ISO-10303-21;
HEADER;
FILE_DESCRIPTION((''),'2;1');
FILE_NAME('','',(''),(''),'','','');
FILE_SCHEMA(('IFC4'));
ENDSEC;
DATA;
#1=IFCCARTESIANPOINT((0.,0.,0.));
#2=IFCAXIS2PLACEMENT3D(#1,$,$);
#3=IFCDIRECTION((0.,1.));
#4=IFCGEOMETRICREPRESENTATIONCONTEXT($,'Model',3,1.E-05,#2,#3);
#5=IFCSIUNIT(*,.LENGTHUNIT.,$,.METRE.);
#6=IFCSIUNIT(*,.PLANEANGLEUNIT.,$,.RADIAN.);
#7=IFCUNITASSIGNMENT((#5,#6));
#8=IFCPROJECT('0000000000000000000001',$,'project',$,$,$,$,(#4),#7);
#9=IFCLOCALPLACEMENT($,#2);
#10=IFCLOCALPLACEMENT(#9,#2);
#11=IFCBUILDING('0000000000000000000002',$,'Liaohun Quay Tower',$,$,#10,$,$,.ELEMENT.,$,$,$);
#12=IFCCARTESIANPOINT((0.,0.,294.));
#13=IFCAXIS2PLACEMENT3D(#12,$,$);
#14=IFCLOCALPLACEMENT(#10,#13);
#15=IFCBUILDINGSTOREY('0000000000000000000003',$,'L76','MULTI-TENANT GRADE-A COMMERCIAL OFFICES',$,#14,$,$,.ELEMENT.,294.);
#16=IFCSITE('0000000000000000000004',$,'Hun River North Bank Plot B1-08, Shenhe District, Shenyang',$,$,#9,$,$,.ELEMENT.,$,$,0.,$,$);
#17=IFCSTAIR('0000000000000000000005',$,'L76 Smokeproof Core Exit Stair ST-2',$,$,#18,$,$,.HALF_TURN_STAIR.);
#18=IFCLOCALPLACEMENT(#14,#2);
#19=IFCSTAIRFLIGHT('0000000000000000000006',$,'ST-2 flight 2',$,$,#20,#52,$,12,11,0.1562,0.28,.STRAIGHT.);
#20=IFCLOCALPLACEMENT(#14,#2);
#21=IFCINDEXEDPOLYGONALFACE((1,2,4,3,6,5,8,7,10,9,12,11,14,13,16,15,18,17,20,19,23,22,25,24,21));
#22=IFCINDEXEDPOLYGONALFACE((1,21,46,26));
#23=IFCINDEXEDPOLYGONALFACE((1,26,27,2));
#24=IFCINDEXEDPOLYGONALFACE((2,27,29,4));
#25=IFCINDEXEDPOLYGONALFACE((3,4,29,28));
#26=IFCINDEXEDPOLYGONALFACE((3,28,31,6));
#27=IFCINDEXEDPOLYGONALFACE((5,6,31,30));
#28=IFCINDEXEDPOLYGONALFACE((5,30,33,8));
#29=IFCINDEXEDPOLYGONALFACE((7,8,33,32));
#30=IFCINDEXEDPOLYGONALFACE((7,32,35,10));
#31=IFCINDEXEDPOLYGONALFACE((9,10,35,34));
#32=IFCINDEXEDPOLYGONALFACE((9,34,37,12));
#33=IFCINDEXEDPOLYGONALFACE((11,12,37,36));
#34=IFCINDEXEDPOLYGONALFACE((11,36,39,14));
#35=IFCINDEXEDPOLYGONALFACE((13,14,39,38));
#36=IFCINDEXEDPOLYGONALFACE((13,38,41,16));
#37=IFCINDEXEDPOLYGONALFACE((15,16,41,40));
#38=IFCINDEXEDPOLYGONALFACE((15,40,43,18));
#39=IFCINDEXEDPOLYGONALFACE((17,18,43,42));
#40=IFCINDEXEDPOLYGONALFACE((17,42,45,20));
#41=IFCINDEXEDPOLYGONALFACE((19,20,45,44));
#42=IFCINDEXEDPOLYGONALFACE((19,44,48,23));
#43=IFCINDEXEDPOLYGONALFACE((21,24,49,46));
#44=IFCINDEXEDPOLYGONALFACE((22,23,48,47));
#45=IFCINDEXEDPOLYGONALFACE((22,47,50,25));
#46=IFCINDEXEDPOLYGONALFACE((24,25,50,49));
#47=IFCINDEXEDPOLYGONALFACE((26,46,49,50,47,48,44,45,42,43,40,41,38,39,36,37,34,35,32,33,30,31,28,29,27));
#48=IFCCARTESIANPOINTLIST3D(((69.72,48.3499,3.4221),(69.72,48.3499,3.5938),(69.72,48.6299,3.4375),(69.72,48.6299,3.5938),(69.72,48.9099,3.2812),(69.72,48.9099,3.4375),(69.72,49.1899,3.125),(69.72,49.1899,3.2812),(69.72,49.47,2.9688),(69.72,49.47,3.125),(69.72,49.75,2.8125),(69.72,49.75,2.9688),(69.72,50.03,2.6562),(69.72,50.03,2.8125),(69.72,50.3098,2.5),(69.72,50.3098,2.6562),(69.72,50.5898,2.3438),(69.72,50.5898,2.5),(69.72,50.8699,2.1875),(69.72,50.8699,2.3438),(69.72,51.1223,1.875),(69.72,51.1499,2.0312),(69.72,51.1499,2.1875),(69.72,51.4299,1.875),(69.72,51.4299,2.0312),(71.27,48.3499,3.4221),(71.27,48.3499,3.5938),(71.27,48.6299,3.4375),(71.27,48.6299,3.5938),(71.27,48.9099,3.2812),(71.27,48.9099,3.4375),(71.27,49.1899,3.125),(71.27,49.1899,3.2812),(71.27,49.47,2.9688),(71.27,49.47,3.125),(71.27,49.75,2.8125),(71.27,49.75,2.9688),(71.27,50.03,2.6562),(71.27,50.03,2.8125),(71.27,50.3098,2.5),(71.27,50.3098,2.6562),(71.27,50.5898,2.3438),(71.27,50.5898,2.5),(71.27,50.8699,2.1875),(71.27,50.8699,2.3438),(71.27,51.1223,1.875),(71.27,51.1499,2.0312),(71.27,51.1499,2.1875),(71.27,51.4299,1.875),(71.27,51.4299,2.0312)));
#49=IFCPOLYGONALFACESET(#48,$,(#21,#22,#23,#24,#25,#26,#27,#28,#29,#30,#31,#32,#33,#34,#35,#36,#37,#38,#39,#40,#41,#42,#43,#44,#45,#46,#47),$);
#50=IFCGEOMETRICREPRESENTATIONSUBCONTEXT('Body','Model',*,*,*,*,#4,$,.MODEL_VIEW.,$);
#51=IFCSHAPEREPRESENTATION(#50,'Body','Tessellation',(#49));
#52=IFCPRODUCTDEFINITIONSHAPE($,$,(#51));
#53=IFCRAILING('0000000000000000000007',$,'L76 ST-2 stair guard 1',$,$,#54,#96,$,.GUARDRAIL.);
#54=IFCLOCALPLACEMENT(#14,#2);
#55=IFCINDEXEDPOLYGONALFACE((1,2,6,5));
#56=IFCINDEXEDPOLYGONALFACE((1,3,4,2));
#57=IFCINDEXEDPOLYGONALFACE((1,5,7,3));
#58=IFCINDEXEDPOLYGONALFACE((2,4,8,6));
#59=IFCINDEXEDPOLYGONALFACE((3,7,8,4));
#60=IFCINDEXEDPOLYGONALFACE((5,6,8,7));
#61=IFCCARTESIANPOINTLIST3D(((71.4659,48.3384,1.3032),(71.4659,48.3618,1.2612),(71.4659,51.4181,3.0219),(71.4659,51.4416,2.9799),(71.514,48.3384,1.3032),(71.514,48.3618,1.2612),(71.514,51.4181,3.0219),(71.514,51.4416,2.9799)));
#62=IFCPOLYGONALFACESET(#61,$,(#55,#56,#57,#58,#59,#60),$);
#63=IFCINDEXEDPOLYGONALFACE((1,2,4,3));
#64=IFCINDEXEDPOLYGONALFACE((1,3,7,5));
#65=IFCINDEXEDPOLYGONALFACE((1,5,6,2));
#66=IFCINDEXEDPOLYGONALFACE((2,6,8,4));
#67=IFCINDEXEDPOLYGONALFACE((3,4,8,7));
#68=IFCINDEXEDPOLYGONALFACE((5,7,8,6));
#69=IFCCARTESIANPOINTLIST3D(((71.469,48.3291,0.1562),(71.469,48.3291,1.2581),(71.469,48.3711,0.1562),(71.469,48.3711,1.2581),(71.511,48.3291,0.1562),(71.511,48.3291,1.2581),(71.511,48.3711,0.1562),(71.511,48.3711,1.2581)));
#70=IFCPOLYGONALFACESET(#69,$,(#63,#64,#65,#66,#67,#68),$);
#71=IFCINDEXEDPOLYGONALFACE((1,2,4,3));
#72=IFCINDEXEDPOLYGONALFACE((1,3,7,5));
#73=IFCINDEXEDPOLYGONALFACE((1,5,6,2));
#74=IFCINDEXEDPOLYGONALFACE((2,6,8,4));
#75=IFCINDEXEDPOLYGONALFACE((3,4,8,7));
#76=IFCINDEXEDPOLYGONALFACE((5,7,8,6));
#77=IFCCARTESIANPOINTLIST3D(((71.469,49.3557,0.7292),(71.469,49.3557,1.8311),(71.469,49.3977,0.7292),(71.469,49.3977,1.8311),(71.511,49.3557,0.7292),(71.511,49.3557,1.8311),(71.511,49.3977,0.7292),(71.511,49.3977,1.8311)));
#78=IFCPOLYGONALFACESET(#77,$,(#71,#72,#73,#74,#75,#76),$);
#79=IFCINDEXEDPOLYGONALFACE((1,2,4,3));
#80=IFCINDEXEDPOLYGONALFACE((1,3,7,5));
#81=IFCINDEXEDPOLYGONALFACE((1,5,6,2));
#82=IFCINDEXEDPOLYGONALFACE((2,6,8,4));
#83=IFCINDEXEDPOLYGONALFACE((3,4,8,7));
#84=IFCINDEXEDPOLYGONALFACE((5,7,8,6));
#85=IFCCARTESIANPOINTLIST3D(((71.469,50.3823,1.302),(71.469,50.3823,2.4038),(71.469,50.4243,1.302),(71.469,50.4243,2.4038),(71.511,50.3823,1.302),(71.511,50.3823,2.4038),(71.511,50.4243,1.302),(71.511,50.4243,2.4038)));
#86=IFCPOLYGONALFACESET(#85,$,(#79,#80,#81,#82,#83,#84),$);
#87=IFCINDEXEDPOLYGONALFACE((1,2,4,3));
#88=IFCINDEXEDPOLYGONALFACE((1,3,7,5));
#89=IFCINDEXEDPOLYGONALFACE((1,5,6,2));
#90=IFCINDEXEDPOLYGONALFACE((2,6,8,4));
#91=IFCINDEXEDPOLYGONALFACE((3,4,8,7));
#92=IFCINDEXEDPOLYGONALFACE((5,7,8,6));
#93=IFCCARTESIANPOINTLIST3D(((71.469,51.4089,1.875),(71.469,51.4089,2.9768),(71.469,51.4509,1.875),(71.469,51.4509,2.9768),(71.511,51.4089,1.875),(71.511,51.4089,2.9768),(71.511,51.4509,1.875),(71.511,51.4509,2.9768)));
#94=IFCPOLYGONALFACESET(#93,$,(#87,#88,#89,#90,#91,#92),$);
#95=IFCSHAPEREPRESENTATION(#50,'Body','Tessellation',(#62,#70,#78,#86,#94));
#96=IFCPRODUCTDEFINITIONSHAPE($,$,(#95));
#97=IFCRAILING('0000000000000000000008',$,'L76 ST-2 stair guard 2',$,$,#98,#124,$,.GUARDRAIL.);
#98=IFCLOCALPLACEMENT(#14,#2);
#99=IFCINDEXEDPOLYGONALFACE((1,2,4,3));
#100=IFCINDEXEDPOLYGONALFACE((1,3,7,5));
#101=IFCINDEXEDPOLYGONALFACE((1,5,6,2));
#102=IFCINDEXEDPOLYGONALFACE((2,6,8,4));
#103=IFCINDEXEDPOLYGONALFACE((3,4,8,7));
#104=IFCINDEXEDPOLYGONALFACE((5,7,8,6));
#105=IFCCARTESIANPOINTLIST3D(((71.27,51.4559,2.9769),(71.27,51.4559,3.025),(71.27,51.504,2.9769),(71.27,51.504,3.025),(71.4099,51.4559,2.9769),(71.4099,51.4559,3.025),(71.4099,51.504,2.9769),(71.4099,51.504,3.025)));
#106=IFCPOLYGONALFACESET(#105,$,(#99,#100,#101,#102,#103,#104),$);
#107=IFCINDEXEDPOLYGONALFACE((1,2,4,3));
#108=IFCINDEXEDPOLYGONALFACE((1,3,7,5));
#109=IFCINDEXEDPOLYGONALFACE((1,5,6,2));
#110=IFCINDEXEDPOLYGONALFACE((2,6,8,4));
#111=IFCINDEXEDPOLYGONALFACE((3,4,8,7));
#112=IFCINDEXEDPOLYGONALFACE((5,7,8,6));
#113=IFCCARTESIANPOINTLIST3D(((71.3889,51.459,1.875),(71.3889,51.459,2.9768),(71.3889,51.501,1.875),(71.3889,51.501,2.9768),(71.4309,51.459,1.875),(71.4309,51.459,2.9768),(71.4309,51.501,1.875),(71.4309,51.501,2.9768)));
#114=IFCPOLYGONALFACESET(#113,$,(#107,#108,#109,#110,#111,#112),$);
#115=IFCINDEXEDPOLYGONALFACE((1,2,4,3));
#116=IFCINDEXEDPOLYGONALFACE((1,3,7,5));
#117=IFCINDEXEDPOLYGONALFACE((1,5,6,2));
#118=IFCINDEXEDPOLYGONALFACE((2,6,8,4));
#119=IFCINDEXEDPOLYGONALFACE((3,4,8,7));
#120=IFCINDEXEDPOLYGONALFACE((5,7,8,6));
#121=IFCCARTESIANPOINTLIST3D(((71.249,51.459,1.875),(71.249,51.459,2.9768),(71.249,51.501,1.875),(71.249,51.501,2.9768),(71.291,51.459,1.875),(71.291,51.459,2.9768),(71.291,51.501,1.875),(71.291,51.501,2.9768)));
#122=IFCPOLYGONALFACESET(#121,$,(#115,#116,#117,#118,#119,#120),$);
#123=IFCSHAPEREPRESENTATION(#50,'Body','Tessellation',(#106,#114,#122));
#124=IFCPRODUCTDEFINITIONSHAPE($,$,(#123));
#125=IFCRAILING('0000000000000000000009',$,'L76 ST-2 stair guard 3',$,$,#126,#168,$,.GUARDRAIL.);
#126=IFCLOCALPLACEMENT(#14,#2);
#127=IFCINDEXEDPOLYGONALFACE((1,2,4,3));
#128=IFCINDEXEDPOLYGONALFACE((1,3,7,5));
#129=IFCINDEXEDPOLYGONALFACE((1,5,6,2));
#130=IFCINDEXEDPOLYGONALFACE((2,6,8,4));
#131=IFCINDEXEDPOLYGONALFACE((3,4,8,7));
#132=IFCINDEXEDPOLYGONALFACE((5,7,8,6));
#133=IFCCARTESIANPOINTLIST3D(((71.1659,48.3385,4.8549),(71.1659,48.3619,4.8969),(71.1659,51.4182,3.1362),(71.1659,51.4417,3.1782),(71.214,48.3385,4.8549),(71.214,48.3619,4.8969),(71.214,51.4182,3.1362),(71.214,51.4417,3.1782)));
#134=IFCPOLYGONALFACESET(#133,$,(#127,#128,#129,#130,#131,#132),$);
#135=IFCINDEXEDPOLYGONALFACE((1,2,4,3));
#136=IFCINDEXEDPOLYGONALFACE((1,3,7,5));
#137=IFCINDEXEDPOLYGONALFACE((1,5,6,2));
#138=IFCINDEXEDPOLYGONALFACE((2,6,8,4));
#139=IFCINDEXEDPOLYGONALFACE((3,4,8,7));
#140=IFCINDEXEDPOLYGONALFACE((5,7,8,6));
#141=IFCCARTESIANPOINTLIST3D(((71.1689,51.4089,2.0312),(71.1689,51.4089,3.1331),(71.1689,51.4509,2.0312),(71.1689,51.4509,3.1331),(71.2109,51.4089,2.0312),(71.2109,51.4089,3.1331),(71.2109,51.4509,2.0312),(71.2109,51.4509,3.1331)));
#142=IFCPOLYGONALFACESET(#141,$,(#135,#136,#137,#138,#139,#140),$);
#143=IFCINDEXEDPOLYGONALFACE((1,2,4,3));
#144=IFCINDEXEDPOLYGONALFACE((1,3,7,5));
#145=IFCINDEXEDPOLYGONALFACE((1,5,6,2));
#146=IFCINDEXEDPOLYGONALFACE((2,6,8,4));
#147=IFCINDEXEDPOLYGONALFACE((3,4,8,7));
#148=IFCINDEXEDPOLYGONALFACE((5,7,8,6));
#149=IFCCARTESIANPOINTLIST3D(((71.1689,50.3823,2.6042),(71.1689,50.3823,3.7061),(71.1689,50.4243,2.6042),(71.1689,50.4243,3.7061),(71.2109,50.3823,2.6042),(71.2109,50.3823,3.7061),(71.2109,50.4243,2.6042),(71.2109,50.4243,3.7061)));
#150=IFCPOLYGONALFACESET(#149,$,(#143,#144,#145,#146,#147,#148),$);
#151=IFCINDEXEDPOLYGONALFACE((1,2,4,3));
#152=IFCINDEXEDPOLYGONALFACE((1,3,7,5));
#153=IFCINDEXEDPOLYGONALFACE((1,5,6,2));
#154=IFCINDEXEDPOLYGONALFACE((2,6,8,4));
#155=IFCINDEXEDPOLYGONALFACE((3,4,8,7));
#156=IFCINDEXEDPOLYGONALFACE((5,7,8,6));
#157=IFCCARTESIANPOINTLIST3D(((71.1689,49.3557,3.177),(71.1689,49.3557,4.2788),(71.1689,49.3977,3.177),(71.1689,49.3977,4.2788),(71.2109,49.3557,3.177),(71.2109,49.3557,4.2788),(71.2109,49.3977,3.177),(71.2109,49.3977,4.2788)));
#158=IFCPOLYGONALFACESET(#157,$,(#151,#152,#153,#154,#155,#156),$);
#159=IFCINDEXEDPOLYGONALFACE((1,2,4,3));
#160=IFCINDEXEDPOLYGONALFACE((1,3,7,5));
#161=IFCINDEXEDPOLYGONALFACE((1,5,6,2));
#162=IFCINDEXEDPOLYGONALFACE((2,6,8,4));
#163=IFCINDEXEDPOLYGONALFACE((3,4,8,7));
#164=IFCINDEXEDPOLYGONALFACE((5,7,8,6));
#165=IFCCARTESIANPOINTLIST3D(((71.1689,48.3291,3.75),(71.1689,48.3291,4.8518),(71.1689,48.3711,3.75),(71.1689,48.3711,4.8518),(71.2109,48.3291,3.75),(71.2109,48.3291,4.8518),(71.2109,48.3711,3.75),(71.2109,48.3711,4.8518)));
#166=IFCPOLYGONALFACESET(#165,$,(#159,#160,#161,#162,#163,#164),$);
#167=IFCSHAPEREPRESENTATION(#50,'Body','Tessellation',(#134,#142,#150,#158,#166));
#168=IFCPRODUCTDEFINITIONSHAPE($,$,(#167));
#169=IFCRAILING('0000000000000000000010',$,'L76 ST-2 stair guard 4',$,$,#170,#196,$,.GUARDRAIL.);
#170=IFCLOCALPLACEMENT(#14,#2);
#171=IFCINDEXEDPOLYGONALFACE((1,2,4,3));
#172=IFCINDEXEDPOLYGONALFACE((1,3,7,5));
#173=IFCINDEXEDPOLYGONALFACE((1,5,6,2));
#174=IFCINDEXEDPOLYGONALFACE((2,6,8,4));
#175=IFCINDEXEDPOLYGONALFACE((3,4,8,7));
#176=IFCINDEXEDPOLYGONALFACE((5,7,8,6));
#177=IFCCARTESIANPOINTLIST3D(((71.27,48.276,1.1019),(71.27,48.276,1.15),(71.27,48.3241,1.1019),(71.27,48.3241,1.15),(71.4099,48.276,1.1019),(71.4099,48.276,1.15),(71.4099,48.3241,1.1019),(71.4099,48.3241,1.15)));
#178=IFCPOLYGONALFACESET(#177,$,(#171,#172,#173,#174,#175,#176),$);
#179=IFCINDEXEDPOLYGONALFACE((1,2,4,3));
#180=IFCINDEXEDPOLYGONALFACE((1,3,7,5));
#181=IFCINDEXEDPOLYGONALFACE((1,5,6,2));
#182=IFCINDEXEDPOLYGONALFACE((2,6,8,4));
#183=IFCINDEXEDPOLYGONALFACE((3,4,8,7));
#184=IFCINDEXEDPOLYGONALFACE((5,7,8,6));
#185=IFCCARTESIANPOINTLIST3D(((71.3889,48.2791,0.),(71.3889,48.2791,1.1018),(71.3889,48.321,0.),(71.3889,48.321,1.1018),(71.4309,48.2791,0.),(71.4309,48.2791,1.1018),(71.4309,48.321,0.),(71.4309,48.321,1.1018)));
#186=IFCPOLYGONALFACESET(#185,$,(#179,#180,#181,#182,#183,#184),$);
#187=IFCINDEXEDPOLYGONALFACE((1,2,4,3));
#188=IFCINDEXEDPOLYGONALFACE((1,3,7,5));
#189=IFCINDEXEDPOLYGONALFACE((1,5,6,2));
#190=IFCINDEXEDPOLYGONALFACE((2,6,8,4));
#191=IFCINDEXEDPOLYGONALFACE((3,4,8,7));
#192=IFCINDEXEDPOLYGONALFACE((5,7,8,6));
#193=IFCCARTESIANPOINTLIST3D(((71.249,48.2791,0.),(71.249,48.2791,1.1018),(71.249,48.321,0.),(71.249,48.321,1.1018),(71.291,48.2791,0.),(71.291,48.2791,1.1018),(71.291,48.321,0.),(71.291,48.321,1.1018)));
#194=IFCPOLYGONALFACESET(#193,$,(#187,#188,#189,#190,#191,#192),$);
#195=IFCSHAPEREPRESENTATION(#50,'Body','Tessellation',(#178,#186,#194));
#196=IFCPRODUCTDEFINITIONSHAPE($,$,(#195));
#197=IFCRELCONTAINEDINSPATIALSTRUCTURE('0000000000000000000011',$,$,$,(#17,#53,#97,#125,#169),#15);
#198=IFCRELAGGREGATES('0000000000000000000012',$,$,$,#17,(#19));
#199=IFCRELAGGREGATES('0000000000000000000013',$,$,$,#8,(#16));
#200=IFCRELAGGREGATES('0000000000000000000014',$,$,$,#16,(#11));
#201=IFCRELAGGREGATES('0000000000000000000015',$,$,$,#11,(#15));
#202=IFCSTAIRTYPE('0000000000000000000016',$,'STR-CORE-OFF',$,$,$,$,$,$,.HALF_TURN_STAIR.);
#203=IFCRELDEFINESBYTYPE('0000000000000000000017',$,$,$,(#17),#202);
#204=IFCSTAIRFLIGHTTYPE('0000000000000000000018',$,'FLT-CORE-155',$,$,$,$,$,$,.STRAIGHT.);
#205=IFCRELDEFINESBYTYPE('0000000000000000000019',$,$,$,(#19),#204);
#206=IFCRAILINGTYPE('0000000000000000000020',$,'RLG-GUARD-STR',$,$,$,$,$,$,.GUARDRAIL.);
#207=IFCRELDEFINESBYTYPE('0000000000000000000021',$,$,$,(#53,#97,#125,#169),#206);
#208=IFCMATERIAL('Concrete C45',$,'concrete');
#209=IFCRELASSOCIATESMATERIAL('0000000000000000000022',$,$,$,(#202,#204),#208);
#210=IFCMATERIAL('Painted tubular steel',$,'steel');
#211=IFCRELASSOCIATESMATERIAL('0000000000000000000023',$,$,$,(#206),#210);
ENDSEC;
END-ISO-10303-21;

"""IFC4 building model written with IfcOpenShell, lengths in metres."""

from ifc_helpers import new_model, si_unit, direction, frame, origin, origin_2d, place, context, subcontext, project, spatial, polyline, rectangle, outline, extrude, material, type_object, element, aggregate, save


model = new_model("IFC4")

# Units and contexts
model_context = context("Model", 3, precision=1e-05, world=origin(), true_north=direction((0.0, 1.0)))
body_context = subcontext(model_context, "Body", "Model", "MODEL_VIEW")
ifc_project = project(units=[si_unit("LENGTHUNIT", "METRE"), si_unit("PLANEANGLEUNIT", "RADIAN")], contexts=[model_context])

# Site, building, storey
site_placement = place(None, origin())
site = spatial("IfcSite", under=ifc_project, at=site_placement, Name="Hun River North Bank Plot B1-08, Shenhe District, Shenyang", CompositionType="ELEMENT", RefElevation=0.0)
building_placement = place(site_placement, origin())
building = spatial("IfcBuilding", under=site, at=building_placement, Name="Liaohun Quay Tower", CompositionType="ELEMENT")
storey_placement = place(building_placement, frame((0.0, 0.0, 294.0)))
storey = spatial("IfcBuildingStorey", under=building, at=storey_placement, Name="L76", Description="MULTI-TENANT GRADE-A COMMERCIAL OFFICES", CompositionType="ELEMENT", Elevation=294.0)

# Stair, stair flight
ifc_material_1 = material(Name="Concrete C45", Category="concrete")
stair_type = type_object("IfcStairType", Name="STR-CORE-OFF", PredefinedType="HALF_TURN_STAIR", material=ifc_material_1)
stair_placement = place(storey_placement, origin())
stair = element("IfcStair", 1, at=stair_placement, inside=storey, type_object=stair_type, Name="L76 Smokeproof Core Exit Stair ST-2", PredefinedType="HALF_TURN_STAIR")
stair_flight_type = type_object("IfcStairFlightType", Name="FLT-CORE-155", PredefinedType="STRAIGHT", material=ifc_material_1)
stair_flight_1_placement = place(storey_placement, frame((70.4951, 51.4299, 1.875), z_axis=(0.0, 0.0, 1.0), x_axis=(0.0, -1.0, 0.0)))
stair_flight_1 = element("IfcStairFlight", 2, at=stair_flight_1_placement, type_object=stair_flight_type, Name="ST-2 flight 2", NumberOfRisers=12, NumberOfTreads=11, PredefinedType="STRAIGHT", RiserHeight=0.1562, TreadLength=0.28, context=body_context, shape_type="SweptSolid", body=[
    extrude(outline(polyline([(0.0, 0.0), (0.0, 0.1562), (0.28, 0.1562), (0.28, 0.3125), (0.5601, 0.3125), (0.5601, 0.4688), (0.8401, 0.4688), (0.8401, 0.625), (1.1201, 0.625), (1.1201, 0.7812), (1.3999, 0.7812), (1.3999, 0.9375), (1.6799, 0.9375), (1.6799, 1.0938), (1.96, 1.0938), (1.96, 1.25), (2.24, 1.25), (2.24, 1.4062), (2.52, 1.4062), (2.52, 1.5625), (2.8, 1.5625), (2.8, 1.7188), (3.0801, 1.7188), (3.0801, 1.875), (3.0801, 1.5471), (0.3076, 0.0), (0.0, 0.0)])), frame((0.0, 0.7749, 0.0), z_axis=(0.0, -1.0, 0.0), x_axis=(1.0, 0.0, 0.0)), (0.0, 0.0, 1.0), 1.55),
])
aggregate(stair, [stair_flight_1])

# Railings
ifc_material_2 = material(Name="Painted tubular steel", Category="steel")
railing_type_1 = type_object("IfcRailingType", Name="RLG-GUARD-STR", PredefinedType="GUARDRAIL", material=ifc_material_2)
railing_1_placement = place(storey_placement, frame((71.49, 48.3501, 0.1562)))
element("IfcRailing", 3, at=railing_1_placement, inside=storey, type_object=railing_type_1, Name="L76 ST-2 stair guard 1", PredefinedType="GUARDRAIL", context=body_context, shape_type="SweptSolid", body=[
    extrude(rectangle(XDim=0.0481, YDim=0.0481, at=origin_2d()), frame((0.0, 0.0, 1.126), z_axis=(0.0, 0.873225, 0.487317), x_axis=(-1.0, 0.0, 0.0)), (0.0, 0.0, 1.0), 3.5269),
    extrude(rectangle(XDim=0.042, YDim=0.042, at=origin_2d()), origin(), (0.0, 0.0, 1.0), 1.1018),
    extrude(rectangle(XDim=0.042, YDim=0.042, at=origin_2d()), frame((0.0, 1.0266, 0.573)), (0.0, 0.0, 1.0), 1.1018),
    extrude(rectangle(XDim=0.042, YDim=0.042, at=origin_2d()), frame((0.0, 2.0532, 1.1458)), (0.0, 0.0, 1.0), 1.1018),
    extrude(rectangle(XDim=0.042, YDim=0.042, at=origin_2d()), frame((0.0, 3.0798, 1.7188)), (0.0, 0.0, 1.0), 1.1018),
])
railing_2_placement = place(storey_placement, frame((71.4099, 51.48, 1.875)))
element("IfcRailing", 4, at=railing_2_placement, inside=storey, type_object=railing_type_1, Name="L76 ST-2 stair guard 2", PredefinedType="GUARDRAIL", context=body_context, shape_type="SweptSolid", body=[
    extrude(rectangle(XDim=0.0481, YDim=0.0481, at=origin_2d()), frame((0.0, 0.0, 1.126), z_axis=(-1.0, 0.0, 0.0), x_axis=(0.0, -1.0, 0.0)), (0.0, 0.0, 1.0), 0.1399),
    extrude(rectangle(XDim=0.042, YDim=0.042, at=origin_2d()), origin(), (0.0, 0.0, 1.0), 1.1018),
    extrude(rectangle(XDim=0.042, YDim=0.042, at=origin_2d()), frame((-0.1399, 0.0, 0.0)), (0.0, 0.0, 1.0), 1.1018),
])
railing_3_placement = place(storey_placement, frame((71.1899, 51.4299, 2.0312)))
element("IfcRailing", 5, at=railing_3_placement, inside=storey, type_object=railing_type_1, Name="L76 ST-2 stair guard 3", PredefinedType="GUARDRAIL", context=body_context, shape_type="SweptSolid", body=[
    extrude(rectangle(XDim=0.0481, YDim=0.0481, at=origin_2d()), frame((0.0, 0.0, 1.126), z_axis=(0.0, -0.873225, 0.487317), x_axis=(1.0, 0.0, 0.0)), (0.0, 0.0, 1.0), 3.5269),
    extrude(rectangle(XDim=0.042, YDim=0.042, at=origin_2d()), origin(), (0.0, 0.0, 1.0), 1.1018),
    extrude(rectangle(XDim=0.042, YDim=0.042, at=origin_2d()), frame((0.0, -1.0266, 0.573)), (0.0, 0.0, 1.0), 1.1018),
    extrude(rectangle(XDim=0.042, YDim=0.042, at=origin_2d()), frame((0.0, -2.0532, 1.1458)), (0.0, 0.0, 1.0), 1.1018),
    extrude(rectangle(XDim=0.042, YDim=0.042, at=origin_2d()), frame((0.0, -3.0798, 1.7188)), (0.0, 0.0, 1.0), 1.1018),
])
railing_4_placement = place(storey_placement, frame((71.4099, 48.3, 0.0)))
element("IfcRailing", 6, at=railing_4_placement, inside=storey, type_object=railing_type_1, Name="L76 ST-2 stair guard 4", PredefinedType="GUARDRAIL", context=body_context, shape_type="SweptSolid", body=[
    extrude(rectangle(XDim=0.0481, YDim=0.0481, at=origin_2d()), frame((0.0, 0.0, 1.126), z_axis=(-1.0, 0.0, 0.0), x_axis=(0.0, -1.0, 0.0)), (0.0, 0.0, 1.0), 0.1399),
    extrude(rectangle(XDim=0.042, YDim=0.042, at=origin_2d()), origin(), (0.0, 0.0, 1.0), 1.1018),
    extrude(rectangle(XDim=0.042, YDim=0.042, at=origin_2d()), frame((-0.1399, 0.0, 0.0)), (0.0, 0.0, 1.0), 1.1018),
])

save(model, "model.ifc")
